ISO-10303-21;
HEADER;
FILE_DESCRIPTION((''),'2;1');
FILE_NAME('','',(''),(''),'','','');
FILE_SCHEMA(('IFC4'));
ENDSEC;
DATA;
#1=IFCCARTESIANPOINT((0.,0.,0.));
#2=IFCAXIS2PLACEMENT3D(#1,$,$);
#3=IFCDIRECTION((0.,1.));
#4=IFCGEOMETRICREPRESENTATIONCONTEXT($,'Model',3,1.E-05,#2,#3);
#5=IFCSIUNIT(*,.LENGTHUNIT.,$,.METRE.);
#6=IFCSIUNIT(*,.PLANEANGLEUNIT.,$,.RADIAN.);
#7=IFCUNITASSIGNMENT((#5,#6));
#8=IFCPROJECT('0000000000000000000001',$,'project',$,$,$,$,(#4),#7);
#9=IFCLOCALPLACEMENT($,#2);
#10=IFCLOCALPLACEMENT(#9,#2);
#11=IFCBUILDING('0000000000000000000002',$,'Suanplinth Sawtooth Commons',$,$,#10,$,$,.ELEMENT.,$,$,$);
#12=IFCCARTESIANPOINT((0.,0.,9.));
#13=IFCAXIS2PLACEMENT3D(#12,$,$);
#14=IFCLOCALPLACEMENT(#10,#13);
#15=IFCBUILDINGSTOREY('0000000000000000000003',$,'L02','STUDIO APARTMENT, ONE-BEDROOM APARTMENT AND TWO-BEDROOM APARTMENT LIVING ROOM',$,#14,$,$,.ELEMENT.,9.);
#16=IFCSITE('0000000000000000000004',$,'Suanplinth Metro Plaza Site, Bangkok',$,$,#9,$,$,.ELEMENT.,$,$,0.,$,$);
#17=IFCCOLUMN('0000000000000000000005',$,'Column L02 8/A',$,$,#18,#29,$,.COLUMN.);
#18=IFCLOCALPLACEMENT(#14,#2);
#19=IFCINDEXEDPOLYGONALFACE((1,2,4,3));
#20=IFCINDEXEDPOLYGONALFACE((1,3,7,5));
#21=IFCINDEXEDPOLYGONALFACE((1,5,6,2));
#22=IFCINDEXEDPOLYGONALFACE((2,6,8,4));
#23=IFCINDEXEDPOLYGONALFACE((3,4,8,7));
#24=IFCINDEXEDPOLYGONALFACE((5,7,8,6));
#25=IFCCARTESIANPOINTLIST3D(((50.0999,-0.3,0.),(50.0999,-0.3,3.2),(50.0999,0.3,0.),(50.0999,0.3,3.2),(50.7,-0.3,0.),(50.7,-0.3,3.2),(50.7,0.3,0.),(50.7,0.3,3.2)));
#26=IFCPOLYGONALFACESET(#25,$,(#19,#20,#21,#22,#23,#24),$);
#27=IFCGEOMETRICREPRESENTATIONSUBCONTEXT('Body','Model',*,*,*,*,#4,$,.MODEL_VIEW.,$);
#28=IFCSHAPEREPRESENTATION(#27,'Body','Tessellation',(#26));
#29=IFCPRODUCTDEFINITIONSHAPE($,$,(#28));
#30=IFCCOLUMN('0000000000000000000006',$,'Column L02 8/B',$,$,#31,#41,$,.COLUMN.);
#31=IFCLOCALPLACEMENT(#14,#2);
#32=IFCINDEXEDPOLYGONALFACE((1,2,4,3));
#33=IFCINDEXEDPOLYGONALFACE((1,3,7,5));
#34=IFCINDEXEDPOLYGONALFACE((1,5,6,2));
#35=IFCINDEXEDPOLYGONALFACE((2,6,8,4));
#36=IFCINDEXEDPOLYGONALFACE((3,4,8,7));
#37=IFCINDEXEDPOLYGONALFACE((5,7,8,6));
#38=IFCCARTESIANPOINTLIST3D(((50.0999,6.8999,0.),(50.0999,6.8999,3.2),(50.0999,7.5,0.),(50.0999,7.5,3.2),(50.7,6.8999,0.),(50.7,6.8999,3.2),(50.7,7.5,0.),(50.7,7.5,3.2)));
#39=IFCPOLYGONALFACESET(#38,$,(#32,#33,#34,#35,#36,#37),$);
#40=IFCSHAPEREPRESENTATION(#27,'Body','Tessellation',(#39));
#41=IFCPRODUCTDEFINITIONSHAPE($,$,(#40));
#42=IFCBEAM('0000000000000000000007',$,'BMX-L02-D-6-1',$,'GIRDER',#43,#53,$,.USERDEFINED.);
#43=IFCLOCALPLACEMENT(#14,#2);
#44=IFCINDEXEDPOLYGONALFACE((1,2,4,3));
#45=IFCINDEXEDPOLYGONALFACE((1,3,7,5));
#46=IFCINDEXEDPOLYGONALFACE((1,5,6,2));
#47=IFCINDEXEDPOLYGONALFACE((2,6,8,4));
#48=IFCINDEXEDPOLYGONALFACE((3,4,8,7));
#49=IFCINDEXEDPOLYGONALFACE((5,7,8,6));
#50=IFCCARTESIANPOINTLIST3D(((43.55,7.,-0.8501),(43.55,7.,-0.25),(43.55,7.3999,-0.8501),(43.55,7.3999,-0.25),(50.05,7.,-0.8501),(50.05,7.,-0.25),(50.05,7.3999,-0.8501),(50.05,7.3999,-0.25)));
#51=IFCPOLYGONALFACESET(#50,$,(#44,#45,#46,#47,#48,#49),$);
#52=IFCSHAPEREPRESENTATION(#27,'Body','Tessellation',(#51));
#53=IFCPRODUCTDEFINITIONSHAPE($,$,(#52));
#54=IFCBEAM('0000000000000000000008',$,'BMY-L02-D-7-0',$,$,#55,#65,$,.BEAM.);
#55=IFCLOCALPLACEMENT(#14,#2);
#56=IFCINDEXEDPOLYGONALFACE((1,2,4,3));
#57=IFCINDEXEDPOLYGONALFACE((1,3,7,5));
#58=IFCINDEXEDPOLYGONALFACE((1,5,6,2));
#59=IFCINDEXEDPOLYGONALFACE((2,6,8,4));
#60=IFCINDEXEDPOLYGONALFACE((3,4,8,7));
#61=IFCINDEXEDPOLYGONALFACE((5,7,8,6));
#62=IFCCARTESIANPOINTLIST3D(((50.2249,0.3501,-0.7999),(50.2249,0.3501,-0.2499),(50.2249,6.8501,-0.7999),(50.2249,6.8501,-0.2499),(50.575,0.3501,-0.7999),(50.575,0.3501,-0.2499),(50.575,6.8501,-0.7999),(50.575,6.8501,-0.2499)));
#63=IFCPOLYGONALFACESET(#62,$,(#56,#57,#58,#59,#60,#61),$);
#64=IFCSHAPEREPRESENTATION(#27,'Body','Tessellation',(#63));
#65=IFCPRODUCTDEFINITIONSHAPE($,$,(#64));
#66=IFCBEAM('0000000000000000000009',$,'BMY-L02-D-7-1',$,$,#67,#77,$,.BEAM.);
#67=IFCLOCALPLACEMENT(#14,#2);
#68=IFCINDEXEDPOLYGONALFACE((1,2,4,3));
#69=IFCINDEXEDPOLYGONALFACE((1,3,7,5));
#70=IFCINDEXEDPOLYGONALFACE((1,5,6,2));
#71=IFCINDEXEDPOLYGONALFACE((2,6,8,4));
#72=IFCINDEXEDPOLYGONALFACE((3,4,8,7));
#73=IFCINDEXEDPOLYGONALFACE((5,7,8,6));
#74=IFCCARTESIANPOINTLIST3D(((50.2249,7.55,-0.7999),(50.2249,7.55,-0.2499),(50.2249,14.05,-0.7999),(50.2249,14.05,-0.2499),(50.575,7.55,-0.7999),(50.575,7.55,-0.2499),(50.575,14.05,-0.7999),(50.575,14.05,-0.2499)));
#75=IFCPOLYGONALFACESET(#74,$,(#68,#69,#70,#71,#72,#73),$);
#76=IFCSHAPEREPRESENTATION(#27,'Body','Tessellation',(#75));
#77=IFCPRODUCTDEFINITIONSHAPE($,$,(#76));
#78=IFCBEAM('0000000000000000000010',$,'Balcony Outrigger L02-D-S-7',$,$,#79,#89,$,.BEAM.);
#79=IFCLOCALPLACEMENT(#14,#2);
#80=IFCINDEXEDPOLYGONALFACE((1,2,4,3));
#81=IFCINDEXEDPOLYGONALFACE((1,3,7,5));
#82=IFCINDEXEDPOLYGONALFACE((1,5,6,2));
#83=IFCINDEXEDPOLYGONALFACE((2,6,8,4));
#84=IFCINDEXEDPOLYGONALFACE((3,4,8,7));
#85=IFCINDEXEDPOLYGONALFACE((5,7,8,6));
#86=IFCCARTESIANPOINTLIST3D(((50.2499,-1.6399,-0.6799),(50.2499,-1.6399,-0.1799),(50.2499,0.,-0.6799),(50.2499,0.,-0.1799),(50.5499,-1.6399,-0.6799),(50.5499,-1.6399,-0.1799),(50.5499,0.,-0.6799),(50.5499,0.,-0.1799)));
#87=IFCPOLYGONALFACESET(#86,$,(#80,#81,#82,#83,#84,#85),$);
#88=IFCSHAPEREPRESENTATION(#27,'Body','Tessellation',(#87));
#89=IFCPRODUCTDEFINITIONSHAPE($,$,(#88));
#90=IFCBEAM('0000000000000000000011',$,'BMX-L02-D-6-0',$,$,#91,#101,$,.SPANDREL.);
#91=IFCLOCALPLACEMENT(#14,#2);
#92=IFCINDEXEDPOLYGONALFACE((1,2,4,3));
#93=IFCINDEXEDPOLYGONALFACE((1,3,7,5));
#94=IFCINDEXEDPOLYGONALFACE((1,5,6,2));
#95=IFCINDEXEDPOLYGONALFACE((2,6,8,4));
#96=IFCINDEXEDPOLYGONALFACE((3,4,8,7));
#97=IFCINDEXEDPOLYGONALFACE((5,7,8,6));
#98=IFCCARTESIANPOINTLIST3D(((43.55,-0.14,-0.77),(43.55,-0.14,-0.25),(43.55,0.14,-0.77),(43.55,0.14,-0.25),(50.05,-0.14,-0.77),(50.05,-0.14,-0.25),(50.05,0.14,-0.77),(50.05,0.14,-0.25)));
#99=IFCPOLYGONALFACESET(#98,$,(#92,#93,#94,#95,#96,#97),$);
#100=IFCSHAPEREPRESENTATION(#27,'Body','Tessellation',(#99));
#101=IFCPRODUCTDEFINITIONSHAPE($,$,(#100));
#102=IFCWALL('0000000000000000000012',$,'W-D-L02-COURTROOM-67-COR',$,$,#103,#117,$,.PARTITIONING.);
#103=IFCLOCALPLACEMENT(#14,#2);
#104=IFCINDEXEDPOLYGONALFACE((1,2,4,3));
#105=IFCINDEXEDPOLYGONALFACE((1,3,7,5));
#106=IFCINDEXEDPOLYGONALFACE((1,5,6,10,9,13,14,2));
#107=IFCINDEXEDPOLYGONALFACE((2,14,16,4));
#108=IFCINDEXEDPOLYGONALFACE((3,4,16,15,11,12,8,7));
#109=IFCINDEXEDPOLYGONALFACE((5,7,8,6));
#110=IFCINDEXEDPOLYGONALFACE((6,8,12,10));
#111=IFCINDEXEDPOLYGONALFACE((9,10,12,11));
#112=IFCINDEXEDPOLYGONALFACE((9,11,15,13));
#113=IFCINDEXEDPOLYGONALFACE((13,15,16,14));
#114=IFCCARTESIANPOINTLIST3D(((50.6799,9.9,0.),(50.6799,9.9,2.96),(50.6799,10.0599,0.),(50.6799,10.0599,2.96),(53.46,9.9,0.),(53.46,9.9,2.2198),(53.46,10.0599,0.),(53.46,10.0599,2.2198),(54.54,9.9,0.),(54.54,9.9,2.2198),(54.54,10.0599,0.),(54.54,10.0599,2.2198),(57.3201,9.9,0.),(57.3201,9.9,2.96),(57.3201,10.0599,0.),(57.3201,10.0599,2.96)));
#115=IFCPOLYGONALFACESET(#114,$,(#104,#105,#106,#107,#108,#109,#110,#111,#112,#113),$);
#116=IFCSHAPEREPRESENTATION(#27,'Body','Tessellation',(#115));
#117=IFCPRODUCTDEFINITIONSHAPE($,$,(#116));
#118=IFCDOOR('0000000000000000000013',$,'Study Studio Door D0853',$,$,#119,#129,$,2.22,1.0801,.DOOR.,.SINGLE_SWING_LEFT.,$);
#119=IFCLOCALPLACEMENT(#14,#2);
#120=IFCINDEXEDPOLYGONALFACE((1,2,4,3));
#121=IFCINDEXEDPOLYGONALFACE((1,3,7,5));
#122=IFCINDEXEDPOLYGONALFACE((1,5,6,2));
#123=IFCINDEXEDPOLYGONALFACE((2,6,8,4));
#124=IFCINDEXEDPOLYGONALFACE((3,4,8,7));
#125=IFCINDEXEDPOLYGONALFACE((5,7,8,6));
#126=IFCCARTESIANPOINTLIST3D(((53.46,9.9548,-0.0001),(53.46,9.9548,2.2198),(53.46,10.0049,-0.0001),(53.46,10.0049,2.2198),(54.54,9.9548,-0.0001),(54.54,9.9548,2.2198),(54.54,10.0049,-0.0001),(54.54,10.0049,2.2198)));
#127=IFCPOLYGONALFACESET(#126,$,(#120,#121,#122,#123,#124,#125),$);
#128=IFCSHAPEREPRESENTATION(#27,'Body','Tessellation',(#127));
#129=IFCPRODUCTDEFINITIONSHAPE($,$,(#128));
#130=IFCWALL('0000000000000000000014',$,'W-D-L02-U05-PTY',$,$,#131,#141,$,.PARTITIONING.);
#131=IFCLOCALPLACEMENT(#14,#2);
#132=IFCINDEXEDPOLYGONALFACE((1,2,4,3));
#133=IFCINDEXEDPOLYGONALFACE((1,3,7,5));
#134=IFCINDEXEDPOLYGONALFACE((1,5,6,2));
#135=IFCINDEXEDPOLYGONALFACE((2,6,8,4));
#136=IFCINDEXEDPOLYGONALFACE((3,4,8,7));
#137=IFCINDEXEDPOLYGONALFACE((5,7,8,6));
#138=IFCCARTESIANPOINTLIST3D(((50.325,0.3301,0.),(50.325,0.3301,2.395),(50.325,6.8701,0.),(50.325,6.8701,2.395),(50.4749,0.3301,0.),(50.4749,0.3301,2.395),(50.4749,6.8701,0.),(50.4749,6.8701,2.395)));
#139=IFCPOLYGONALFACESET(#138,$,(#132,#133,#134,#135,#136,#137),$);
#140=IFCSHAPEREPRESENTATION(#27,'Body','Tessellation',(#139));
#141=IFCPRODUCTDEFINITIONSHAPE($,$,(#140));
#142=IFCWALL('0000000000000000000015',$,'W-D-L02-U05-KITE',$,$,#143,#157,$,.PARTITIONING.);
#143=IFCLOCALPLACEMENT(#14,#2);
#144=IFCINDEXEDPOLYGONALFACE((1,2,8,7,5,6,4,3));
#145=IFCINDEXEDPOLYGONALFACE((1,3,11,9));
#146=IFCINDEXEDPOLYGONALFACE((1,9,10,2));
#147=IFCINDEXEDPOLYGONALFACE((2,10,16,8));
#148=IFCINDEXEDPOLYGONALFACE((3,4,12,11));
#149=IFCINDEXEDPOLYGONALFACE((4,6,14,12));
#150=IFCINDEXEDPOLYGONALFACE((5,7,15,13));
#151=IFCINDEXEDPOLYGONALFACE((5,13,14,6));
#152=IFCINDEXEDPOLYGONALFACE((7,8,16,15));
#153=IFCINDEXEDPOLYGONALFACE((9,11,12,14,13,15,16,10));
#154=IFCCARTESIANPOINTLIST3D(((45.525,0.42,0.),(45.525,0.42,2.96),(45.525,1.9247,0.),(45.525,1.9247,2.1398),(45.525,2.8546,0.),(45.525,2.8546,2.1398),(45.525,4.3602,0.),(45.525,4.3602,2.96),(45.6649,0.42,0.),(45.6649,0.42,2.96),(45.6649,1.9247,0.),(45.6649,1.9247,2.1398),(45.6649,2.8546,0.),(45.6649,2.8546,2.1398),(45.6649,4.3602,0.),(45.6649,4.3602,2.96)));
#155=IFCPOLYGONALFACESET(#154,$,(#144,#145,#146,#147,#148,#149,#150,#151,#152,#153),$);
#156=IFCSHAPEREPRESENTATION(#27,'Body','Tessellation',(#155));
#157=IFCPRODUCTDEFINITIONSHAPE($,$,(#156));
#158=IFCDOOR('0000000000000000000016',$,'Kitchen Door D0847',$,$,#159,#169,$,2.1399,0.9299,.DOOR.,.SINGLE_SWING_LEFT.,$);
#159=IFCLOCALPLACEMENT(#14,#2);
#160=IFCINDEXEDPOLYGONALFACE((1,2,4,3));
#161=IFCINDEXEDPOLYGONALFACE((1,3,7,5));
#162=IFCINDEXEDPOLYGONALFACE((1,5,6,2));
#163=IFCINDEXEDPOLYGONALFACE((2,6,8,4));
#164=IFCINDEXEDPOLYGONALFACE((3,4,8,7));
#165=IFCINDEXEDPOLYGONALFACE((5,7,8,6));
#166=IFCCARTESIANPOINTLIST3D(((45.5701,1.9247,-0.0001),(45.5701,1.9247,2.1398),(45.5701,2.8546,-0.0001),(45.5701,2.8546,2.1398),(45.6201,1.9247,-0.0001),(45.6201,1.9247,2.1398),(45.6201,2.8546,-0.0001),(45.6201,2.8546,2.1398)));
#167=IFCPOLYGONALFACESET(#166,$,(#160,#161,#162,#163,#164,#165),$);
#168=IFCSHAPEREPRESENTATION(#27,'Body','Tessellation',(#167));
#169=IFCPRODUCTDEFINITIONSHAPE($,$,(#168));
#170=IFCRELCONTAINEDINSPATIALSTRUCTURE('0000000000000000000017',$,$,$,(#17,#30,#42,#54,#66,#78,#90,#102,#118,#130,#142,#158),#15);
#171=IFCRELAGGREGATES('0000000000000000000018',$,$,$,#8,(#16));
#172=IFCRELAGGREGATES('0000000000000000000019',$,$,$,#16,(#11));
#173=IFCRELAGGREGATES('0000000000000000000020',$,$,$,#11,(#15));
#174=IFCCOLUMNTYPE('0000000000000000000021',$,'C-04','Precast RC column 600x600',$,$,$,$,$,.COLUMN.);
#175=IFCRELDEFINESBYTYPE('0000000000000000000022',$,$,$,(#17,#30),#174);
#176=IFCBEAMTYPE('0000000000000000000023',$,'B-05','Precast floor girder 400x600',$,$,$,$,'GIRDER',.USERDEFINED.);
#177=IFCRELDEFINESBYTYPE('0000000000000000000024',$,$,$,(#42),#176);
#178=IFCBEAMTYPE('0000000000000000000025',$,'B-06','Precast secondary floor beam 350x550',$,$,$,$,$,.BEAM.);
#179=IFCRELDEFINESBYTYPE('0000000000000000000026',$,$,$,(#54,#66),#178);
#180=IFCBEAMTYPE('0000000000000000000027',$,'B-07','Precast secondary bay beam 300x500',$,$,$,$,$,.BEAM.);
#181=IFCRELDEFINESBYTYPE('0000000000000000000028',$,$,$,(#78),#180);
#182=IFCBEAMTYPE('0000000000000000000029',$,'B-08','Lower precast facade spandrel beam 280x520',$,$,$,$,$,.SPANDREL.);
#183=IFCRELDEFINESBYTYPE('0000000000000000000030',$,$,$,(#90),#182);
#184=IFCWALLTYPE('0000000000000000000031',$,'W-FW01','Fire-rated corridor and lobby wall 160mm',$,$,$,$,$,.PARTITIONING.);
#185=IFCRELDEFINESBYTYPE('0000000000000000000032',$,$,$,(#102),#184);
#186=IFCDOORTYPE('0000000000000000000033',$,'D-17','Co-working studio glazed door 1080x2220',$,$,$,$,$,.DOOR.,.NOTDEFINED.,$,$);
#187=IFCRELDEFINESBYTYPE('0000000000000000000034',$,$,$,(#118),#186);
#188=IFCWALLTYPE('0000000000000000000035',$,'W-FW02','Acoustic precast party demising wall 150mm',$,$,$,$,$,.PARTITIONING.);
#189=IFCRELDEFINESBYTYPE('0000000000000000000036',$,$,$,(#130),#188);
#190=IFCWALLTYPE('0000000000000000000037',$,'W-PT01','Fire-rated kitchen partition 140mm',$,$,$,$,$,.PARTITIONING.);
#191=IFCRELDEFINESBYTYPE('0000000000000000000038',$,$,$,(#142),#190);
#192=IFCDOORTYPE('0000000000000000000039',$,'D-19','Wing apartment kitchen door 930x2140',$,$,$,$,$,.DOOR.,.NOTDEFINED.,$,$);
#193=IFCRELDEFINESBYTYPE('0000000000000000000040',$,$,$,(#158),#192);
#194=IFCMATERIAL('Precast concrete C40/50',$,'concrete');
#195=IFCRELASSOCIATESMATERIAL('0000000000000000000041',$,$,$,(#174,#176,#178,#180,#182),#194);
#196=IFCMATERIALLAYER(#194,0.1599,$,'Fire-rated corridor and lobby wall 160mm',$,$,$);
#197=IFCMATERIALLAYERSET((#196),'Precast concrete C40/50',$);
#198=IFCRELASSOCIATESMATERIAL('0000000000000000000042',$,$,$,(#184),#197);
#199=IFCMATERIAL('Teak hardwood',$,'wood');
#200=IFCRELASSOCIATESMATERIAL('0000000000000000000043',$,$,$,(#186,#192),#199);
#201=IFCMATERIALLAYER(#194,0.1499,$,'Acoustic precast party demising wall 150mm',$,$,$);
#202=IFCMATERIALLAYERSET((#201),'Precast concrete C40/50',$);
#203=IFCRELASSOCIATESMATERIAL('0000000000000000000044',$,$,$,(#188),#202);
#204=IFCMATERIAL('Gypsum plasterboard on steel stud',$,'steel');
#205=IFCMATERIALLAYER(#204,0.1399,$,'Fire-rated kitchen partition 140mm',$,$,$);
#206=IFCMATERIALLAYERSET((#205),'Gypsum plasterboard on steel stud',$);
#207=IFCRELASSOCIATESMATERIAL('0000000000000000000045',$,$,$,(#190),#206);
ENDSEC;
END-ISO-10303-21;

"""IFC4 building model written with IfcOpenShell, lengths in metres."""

from ifc_helpers import new_model, si_unit, direction, frame, frame_2d, origin, origin_2d, place, context, subcontext, project, spatial, rectangle, extrude, material, layer, layer_set, material_profile, profile_set, type_object, element, fill, save


model = new_model("IFC4")

# Units and contexts
model_context = context("Model", 3, precision=1e-05, world=origin(), true_north=direction((0.0, 1.0)))
body_context = subcontext(model_context, "Body", "Model", "MODEL_VIEW")
ifc_project = project(units=[si_unit("LENGTHUNIT", "METRE"), si_unit("PLANEANGLEUNIT", "RADIAN")], contexts=[model_context])

# Site, building, storey
site_placement = place(None, origin())
site = spatial("IfcSite", under=ifc_project, at=site_placement, Name="Suanplinth Metro Plaza Site, Bangkok", CompositionType="ELEMENT", RefElevation=0.0)
building_placement = place(site_placement, origin())
building = spatial("IfcBuilding", under=site, at=building_placement, Name="Suanplinth Sawtooth Commons", CompositionType="ELEMENT")
storey_placement = place(building_placement, frame((0.0, 0.0, 9.0)))
storey = spatial("IfcBuildingStorey", under=building, at=storey_placement, Name="L02", Description="STUDIO APARTMENT, ONE-BEDROOM APARTMENT AND TWO-BEDROOM APARTMENT LIVING ROOM", CompositionType="ELEMENT", Elevation=9.0)

# Columns
ifc_material_1 = material(Name="Precast concrete C40/50", Category="concrete")
ifc_material_profile_1 = material_profile(ifc_material_1, rectangle(XDim=0.6001, YDim=0.6001, at=origin_2d()), Name="PC-COL 600x600")
ifc_profile_set_1 = profile_set([ifc_material_profile_1], Name="Precast concrete C40/50")
column_type = type_object("IfcColumnType", Name="C-04", Description="Precast RC column 600x600", PredefinedType="COLUMN", material=ifc_profile_set_1)
for number, where, z_axis, x_axis, name in (
    (1, (50.3999, 0.0, 0.0), (0.0, 0.0, 1.0), (1.0, 0.0, 0.0), "Column L02 8/A"),
    (2, (50.3999, 7.2, 0.0), (0.0, 0.0, 1.0), (1.0, 0.0, 0.0), "Column L02 8/B"),
):
    element("IfcColumn", number, at=place(storey_placement, frame(where, z_axis=z_axis, x_axis=x_axis)), inside=storey, type_object=column_type, Name=name, PredefinedType="COLUMN", context=body_context, shape_type="SweptSolid", body=[
        extrude(rectangle(XDim=0.6001, YDim=0.6001, at=origin_2d()), origin(), (0.0, 0.0, 1.0), 3.2),
    ])

# Beams
ifc_material_profile_2 = material_profile(ifc_material_1, rectangle(XDim=0.3999, YDim=0.6001, at=origin_2d()), Name="PC-GDR 400x600")
ifc_profile_set_2 = profile_set([ifc_material_profile_2], Name="Precast concrete C40/50")
beam_type_1 = type_object("IfcBeamType", Name="B-05", Description="Precast floor girder 400x600", ElementType="GIRDER", PredefinedType="USERDEFINED", material=ifc_profile_set_2)
beam_1_placement = place(storey_placement, frame((43.55, 7.2, -0.55), z_axis=(1.0, 0.0, 0.0), x_axis=(0.0, 1.0, 0.0)))
element("IfcBeam", 3, at=beam_1_placement, inside=storey, type_object=beam_type_1, Name="BMX-L02-D-6-1", ObjectType="GIRDER", PredefinedType="USERDEFINED", context=body_context, shape_type="SweptSolid", body=[
    extrude(rectangle(XDim=0.3999, YDim=0.6001, at=origin_2d()), origin(), (0.0, 0.0, 1.0), 6.5),
])
ifc_material_profile_3 = material_profile(ifc_material_1, rectangle(XDim=0.3501, YDim=0.55, at=origin_2d()), Name="PC-BM 350x550")
ifc_profile_set_3 = profile_set([ifc_material_profile_3], Name="Precast concrete C40/50")
beam_type_2 = type_object("IfcBeamType", Name="B-06", Description="Precast secondary floor beam 350x550", PredefinedType="BEAM", material=ifc_profile_set_3)
for number, where, z_axis, x_axis, name in (
    (4, (50.3999, 0.3501, -0.5249), (0.0, 1.0, 0.0), (-1.0, 0.0, 0.0), "BMY-L02-D-7-0"),
    (5, (50.3999, 7.55, -0.5249), (0.0, 1.0, 0.0), (-1.0, 0.0, 0.0), "BMY-L02-D-7-1"),
):
    element("IfcBeam", number, at=place(storey_placement, frame(where, z_axis=z_axis, x_axis=x_axis)), inside=storey, type_object=beam_type_2, Name=name, PredefinedType="BEAM", context=body_context, shape_type="SweptSolid", body=[
        extrude(rectangle(XDim=0.3501, YDim=0.55, at=origin_2d()), origin(), (0.0, 0.0, 1.0), 6.5),
    ])
ifc_material_profile_4 = material_profile(ifc_material_1, rectangle(XDim=0.3, YDim=0.5, at=origin_2d()), Name="PC-BM 300x500")
ifc_profile_set_4 = profile_set([ifc_material_profile_4], Name="Precast concrete C40/50")
beam_type_3 = type_object("IfcBeamType", Name="B-07", Description="Precast secondary bay beam 300x500", PredefinedType="BEAM", material=ifc_profile_set_4)
beam_2_placement = place(storey_placement, frame((50.3999, 0.0, -0.4299), z_axis=(0.0, -1.0, 0.0), x_axis=(1.0, 0.0, 0.0)))
element("IfcBeam", 6, at=beam_2_placement, inside=storey, type_object=beam_type_3, Name="Balcony Outrigger L02-D-S-7", PredefinedType="BEAM", context=body_context, shape_type="SweptSolid", body=[
    extrude(rectangle(XDim=0.3, YDim=0.5, at=origin_2d()), origin(), (0.0, 0.0, 1.0), 1.6399),
])
ifc_material_profile_5 = material_profile(ifc_material_1, rectangle(XDim=0.28, YDim=0.52, at=origin_2d()), Name="PC-SP 280x520")
ifc_profile_set_5 = profile_set([ifc_material_profile_5], Name="Precast concrete C40/50")
beam_type_4 = type_object("IfcBeamType", Name="B-08", Description="Lower precast facade spandrel beam 280x520", PredefinedType="SPANDREL", material=ifc_profile_set_5)
beam_3_placement = place(storey_placement, frame((43.55, 0.0, -0.51), z_axis=(1.0, 0.0, 0.0), x_axis=(0.0, 1.0, 0.0)))
element("IfcBeam", 7, at=beam_3_placement, inside=storey, type_object=beam_type_4, Name="BMX-L02-D-6-0", PredefinedType="SPANDREL", context=body_context, shape_type="SweptSolid", body=[
    extrude(rectangle(XDim=0.28, YDim=0.52, at=origin_2d()), origin(), (0.0, 0.0, 1.0), 6.5),
])

# Wall, opening, door
ifc_layer_1 = layer(ifc_material_1, 0.1599, Name="Fire-rated corridor and lobby wall 160mm")
ifc_layer_set_1 = layer_set([ifc_layer_1], Name="Precast concrete C40/50")
wall_type_1 = type_object("IfcWallType", Name="W-FW01", Description="Fire-rated corridor and lobby wall 160mm", PredefinedType="PARTITIONING", material=ifc_layer_set_1)
wall_1_placement = place(storey_placement, frame((50.6799, 9.98, 0.0), z_axis=(0.0, 0.0, 1.0), x_axis=(1.0, 0.0, 0.0)))
wall_1 = element("IfcWall", 8, at=wall_1_placement, inside=storey, type_object=wall_type_1, Name="W-D-L02-COURTROOM-67-COR", PredefinedType="PARTITIONING", context=body_context, shape_type="SweptSolid", body=[
    extrude(rectangle(XDim=6.6401, YDim=0.1599, at=frame_2d((3.3201, 0.0))), origin(), (0.0, 0.0, 1.0), 2.96),
])
opening_1_placement = place(wall_1_placement, frame((2.78, 0.0, 0.0)))
opening_1 = element("IfcOpeningElement", 9, at=opening_1_placement, cuts=wall_1, PredefinedType="OPENING", context=body_context, shape_type="SweptSolid", body=[
    extrude(rectangle(XDim=1.0801, YDim=2.22, at=frame_2d((0.54, 1.1099))), frame((0.0, 0.0947, 0.0), z_axis=(0.0, -1.0, 0.0), x_axis=(1.0, 0.0, 0.0)), (0.0, 0.0, 1.0), 0.1897),
])
ifc_material_2 = material(Name="Teak hardwood", Category="wood")
door_type_1 = type_object("IfcDoorType", Name="D-17", Description="Co-working studio glazed door 1080x2220", OperationType="NOTDEFINED", PredefinedType="DOOR", material=ifc_material_2)
door_1_placement = place(opening_1_placement, origin())
door_1 = element("IfcDoor", 10, at=door_1_placement, inside=storey, type_object=door_type_1, Name="Study Studio Door D0853", OperationType="SINGLE_SWING_LEFT", OverallHeight=2.22, OverallWidth=1.0801, PredefinedType="DOOR", context=body_context, shape_type="SweptSolid", body=[
    extrude(rectangle(XDim=1.0801, YDim=2.22, at=frame_2d((0.54, 1.1099))), frame((0.0, 0.0249, 0.0), z_axis=(0.0, -1.0, 0.0), x_axis=(1.0, 0.0, 0.0)), (0.0, 0.0, 1.0), 0.05),
])
fill(opening_1, door_1)

# Wall
ifc_layer_2 = layer(ifc_material_1, 0.1499, Name="Acoustic precast party demising wall 150mm")
ifc_layer_set_2 = layer_set([ifc_layer_2], Name="Precast concrete C40/50")
wall_type_2 = type_object("IfcWallType", Name="W-FW02", Description="Acoustic precast party demising wall 150mm", PredefinedType="PARTITIONING", material=ifc_layer_set_2)
wall_2_placement = place(storey_placement, frame((50.3999, 0.3301, 0.0), z_axis=(0.0, 0.0, 1.0), x_axis=(0.0, 1.0, 0.0)))
element("IfcWall", 11, at=wall_2_placement, inside=storey, type_object=wall_type_2, Name="W-D-L02-U05-PTY", PredefinedType="PARTITIONING", context=body_context, shape_type="SweptSolid", body=[
    extrude(rectangle(XDim=6.54, YDim=0.1499, at=frame_2d((3.27, 0.0))), origin(), (0.0, 0.0, 1.0), 2.395),
])

# Wall, opening, door
ifc_material_3 = material(Name="Gypsum plasterboard on steel stud", Category="steel")
ifc_layer_3 = layer(ifc_material_3, 0.1399, Name="Fire-rated kitchen partition 140mm")
ifc_layer_set_3 = layer_set([ifc_layer_3], Name="Gypsum plasterboard on steel stud")
wall_type_3 = type_object("IfcWallType", Name="W-PT01", Description="Fire-rated kitchen partition 140mm", PredefinedType="PARTITIONING", material=ifc_layer_set_3)
wall_3_placement = place(storey_placement, frame((45.595, 0.4199, 0.0), z_axis=(0.0, 0.0, 1.0), x_axis=(0.0, 1.0, 0.0)))
wall_3 = element("IfcWall", 12, at=wall_3_placement, inside=storey, type_object=wall_type_3, Name="W-D-L02-U05-KITE", PredefinedType="PARTITIONING", context=body_context, shape_type="SweptSolid", body=[
    extrude(rectangle(XDim=3.9402, YDim=0.1399, at=frame_2d((1.9702, 0.0))), origin(), (0.0, 0.0, 1.0), 2.96),
])
opening_2_placement = place(wall_3_placement, frame((1.5049, 0.0, 0.0)))
opening_2 = element("IfcOpeningElement", 13, at=opening_2_placement, cuts=wall_3, PredefinedType="OPENING", context=body_context, shape_type="SweptSolid", body=[
    extrude(rectangle(XDim=0.9299, YDim=2.1399, at=frame_2d((0.4648, 1.0698))), frame((0.0, 0.085, 0.0), z_axis=(0.0, -1.0, 0.0), x_axis=(1.0, 0.0, 0.0)), (0.0, 0.0, 1.0), 0.1697),
])
door_type_2 = type_object("IfcDoorType", Name="D-19", Description="Wing apartment kitchen door 930x2140", OperationType="NOTDEFINED", PredefinedType="DOOR", material=ifc_material_2)
door_2_placement = place(opening_2_placement, origin())
door_2 = element("IfcDoor", 14, at=door_2_placement, inside=storey, type_object=door_type_2, Name="Kitchen Door D0847", OperationType="SINGLE_SWING_LEFT", OverallHeight=2.1399, OverallWidth=0.9299, PredefinedType="DOOR", context=body_context, shape_type="SweptSolid", body=[
    extrude(rectangle(XDim=0.9299, YDim=2.1399, at=frame_2d((0.4648, 1.0698))), frame((0.0, 0.0249, 0.0), z_axis=(0.0, -1.0, 0.0), x_axis=(1.0, 0.0, 0.0)), (0.0, 0.0, 1.0), 0.05),
])
fill(opening_2, door_2)

save(model, "model.ifc")
